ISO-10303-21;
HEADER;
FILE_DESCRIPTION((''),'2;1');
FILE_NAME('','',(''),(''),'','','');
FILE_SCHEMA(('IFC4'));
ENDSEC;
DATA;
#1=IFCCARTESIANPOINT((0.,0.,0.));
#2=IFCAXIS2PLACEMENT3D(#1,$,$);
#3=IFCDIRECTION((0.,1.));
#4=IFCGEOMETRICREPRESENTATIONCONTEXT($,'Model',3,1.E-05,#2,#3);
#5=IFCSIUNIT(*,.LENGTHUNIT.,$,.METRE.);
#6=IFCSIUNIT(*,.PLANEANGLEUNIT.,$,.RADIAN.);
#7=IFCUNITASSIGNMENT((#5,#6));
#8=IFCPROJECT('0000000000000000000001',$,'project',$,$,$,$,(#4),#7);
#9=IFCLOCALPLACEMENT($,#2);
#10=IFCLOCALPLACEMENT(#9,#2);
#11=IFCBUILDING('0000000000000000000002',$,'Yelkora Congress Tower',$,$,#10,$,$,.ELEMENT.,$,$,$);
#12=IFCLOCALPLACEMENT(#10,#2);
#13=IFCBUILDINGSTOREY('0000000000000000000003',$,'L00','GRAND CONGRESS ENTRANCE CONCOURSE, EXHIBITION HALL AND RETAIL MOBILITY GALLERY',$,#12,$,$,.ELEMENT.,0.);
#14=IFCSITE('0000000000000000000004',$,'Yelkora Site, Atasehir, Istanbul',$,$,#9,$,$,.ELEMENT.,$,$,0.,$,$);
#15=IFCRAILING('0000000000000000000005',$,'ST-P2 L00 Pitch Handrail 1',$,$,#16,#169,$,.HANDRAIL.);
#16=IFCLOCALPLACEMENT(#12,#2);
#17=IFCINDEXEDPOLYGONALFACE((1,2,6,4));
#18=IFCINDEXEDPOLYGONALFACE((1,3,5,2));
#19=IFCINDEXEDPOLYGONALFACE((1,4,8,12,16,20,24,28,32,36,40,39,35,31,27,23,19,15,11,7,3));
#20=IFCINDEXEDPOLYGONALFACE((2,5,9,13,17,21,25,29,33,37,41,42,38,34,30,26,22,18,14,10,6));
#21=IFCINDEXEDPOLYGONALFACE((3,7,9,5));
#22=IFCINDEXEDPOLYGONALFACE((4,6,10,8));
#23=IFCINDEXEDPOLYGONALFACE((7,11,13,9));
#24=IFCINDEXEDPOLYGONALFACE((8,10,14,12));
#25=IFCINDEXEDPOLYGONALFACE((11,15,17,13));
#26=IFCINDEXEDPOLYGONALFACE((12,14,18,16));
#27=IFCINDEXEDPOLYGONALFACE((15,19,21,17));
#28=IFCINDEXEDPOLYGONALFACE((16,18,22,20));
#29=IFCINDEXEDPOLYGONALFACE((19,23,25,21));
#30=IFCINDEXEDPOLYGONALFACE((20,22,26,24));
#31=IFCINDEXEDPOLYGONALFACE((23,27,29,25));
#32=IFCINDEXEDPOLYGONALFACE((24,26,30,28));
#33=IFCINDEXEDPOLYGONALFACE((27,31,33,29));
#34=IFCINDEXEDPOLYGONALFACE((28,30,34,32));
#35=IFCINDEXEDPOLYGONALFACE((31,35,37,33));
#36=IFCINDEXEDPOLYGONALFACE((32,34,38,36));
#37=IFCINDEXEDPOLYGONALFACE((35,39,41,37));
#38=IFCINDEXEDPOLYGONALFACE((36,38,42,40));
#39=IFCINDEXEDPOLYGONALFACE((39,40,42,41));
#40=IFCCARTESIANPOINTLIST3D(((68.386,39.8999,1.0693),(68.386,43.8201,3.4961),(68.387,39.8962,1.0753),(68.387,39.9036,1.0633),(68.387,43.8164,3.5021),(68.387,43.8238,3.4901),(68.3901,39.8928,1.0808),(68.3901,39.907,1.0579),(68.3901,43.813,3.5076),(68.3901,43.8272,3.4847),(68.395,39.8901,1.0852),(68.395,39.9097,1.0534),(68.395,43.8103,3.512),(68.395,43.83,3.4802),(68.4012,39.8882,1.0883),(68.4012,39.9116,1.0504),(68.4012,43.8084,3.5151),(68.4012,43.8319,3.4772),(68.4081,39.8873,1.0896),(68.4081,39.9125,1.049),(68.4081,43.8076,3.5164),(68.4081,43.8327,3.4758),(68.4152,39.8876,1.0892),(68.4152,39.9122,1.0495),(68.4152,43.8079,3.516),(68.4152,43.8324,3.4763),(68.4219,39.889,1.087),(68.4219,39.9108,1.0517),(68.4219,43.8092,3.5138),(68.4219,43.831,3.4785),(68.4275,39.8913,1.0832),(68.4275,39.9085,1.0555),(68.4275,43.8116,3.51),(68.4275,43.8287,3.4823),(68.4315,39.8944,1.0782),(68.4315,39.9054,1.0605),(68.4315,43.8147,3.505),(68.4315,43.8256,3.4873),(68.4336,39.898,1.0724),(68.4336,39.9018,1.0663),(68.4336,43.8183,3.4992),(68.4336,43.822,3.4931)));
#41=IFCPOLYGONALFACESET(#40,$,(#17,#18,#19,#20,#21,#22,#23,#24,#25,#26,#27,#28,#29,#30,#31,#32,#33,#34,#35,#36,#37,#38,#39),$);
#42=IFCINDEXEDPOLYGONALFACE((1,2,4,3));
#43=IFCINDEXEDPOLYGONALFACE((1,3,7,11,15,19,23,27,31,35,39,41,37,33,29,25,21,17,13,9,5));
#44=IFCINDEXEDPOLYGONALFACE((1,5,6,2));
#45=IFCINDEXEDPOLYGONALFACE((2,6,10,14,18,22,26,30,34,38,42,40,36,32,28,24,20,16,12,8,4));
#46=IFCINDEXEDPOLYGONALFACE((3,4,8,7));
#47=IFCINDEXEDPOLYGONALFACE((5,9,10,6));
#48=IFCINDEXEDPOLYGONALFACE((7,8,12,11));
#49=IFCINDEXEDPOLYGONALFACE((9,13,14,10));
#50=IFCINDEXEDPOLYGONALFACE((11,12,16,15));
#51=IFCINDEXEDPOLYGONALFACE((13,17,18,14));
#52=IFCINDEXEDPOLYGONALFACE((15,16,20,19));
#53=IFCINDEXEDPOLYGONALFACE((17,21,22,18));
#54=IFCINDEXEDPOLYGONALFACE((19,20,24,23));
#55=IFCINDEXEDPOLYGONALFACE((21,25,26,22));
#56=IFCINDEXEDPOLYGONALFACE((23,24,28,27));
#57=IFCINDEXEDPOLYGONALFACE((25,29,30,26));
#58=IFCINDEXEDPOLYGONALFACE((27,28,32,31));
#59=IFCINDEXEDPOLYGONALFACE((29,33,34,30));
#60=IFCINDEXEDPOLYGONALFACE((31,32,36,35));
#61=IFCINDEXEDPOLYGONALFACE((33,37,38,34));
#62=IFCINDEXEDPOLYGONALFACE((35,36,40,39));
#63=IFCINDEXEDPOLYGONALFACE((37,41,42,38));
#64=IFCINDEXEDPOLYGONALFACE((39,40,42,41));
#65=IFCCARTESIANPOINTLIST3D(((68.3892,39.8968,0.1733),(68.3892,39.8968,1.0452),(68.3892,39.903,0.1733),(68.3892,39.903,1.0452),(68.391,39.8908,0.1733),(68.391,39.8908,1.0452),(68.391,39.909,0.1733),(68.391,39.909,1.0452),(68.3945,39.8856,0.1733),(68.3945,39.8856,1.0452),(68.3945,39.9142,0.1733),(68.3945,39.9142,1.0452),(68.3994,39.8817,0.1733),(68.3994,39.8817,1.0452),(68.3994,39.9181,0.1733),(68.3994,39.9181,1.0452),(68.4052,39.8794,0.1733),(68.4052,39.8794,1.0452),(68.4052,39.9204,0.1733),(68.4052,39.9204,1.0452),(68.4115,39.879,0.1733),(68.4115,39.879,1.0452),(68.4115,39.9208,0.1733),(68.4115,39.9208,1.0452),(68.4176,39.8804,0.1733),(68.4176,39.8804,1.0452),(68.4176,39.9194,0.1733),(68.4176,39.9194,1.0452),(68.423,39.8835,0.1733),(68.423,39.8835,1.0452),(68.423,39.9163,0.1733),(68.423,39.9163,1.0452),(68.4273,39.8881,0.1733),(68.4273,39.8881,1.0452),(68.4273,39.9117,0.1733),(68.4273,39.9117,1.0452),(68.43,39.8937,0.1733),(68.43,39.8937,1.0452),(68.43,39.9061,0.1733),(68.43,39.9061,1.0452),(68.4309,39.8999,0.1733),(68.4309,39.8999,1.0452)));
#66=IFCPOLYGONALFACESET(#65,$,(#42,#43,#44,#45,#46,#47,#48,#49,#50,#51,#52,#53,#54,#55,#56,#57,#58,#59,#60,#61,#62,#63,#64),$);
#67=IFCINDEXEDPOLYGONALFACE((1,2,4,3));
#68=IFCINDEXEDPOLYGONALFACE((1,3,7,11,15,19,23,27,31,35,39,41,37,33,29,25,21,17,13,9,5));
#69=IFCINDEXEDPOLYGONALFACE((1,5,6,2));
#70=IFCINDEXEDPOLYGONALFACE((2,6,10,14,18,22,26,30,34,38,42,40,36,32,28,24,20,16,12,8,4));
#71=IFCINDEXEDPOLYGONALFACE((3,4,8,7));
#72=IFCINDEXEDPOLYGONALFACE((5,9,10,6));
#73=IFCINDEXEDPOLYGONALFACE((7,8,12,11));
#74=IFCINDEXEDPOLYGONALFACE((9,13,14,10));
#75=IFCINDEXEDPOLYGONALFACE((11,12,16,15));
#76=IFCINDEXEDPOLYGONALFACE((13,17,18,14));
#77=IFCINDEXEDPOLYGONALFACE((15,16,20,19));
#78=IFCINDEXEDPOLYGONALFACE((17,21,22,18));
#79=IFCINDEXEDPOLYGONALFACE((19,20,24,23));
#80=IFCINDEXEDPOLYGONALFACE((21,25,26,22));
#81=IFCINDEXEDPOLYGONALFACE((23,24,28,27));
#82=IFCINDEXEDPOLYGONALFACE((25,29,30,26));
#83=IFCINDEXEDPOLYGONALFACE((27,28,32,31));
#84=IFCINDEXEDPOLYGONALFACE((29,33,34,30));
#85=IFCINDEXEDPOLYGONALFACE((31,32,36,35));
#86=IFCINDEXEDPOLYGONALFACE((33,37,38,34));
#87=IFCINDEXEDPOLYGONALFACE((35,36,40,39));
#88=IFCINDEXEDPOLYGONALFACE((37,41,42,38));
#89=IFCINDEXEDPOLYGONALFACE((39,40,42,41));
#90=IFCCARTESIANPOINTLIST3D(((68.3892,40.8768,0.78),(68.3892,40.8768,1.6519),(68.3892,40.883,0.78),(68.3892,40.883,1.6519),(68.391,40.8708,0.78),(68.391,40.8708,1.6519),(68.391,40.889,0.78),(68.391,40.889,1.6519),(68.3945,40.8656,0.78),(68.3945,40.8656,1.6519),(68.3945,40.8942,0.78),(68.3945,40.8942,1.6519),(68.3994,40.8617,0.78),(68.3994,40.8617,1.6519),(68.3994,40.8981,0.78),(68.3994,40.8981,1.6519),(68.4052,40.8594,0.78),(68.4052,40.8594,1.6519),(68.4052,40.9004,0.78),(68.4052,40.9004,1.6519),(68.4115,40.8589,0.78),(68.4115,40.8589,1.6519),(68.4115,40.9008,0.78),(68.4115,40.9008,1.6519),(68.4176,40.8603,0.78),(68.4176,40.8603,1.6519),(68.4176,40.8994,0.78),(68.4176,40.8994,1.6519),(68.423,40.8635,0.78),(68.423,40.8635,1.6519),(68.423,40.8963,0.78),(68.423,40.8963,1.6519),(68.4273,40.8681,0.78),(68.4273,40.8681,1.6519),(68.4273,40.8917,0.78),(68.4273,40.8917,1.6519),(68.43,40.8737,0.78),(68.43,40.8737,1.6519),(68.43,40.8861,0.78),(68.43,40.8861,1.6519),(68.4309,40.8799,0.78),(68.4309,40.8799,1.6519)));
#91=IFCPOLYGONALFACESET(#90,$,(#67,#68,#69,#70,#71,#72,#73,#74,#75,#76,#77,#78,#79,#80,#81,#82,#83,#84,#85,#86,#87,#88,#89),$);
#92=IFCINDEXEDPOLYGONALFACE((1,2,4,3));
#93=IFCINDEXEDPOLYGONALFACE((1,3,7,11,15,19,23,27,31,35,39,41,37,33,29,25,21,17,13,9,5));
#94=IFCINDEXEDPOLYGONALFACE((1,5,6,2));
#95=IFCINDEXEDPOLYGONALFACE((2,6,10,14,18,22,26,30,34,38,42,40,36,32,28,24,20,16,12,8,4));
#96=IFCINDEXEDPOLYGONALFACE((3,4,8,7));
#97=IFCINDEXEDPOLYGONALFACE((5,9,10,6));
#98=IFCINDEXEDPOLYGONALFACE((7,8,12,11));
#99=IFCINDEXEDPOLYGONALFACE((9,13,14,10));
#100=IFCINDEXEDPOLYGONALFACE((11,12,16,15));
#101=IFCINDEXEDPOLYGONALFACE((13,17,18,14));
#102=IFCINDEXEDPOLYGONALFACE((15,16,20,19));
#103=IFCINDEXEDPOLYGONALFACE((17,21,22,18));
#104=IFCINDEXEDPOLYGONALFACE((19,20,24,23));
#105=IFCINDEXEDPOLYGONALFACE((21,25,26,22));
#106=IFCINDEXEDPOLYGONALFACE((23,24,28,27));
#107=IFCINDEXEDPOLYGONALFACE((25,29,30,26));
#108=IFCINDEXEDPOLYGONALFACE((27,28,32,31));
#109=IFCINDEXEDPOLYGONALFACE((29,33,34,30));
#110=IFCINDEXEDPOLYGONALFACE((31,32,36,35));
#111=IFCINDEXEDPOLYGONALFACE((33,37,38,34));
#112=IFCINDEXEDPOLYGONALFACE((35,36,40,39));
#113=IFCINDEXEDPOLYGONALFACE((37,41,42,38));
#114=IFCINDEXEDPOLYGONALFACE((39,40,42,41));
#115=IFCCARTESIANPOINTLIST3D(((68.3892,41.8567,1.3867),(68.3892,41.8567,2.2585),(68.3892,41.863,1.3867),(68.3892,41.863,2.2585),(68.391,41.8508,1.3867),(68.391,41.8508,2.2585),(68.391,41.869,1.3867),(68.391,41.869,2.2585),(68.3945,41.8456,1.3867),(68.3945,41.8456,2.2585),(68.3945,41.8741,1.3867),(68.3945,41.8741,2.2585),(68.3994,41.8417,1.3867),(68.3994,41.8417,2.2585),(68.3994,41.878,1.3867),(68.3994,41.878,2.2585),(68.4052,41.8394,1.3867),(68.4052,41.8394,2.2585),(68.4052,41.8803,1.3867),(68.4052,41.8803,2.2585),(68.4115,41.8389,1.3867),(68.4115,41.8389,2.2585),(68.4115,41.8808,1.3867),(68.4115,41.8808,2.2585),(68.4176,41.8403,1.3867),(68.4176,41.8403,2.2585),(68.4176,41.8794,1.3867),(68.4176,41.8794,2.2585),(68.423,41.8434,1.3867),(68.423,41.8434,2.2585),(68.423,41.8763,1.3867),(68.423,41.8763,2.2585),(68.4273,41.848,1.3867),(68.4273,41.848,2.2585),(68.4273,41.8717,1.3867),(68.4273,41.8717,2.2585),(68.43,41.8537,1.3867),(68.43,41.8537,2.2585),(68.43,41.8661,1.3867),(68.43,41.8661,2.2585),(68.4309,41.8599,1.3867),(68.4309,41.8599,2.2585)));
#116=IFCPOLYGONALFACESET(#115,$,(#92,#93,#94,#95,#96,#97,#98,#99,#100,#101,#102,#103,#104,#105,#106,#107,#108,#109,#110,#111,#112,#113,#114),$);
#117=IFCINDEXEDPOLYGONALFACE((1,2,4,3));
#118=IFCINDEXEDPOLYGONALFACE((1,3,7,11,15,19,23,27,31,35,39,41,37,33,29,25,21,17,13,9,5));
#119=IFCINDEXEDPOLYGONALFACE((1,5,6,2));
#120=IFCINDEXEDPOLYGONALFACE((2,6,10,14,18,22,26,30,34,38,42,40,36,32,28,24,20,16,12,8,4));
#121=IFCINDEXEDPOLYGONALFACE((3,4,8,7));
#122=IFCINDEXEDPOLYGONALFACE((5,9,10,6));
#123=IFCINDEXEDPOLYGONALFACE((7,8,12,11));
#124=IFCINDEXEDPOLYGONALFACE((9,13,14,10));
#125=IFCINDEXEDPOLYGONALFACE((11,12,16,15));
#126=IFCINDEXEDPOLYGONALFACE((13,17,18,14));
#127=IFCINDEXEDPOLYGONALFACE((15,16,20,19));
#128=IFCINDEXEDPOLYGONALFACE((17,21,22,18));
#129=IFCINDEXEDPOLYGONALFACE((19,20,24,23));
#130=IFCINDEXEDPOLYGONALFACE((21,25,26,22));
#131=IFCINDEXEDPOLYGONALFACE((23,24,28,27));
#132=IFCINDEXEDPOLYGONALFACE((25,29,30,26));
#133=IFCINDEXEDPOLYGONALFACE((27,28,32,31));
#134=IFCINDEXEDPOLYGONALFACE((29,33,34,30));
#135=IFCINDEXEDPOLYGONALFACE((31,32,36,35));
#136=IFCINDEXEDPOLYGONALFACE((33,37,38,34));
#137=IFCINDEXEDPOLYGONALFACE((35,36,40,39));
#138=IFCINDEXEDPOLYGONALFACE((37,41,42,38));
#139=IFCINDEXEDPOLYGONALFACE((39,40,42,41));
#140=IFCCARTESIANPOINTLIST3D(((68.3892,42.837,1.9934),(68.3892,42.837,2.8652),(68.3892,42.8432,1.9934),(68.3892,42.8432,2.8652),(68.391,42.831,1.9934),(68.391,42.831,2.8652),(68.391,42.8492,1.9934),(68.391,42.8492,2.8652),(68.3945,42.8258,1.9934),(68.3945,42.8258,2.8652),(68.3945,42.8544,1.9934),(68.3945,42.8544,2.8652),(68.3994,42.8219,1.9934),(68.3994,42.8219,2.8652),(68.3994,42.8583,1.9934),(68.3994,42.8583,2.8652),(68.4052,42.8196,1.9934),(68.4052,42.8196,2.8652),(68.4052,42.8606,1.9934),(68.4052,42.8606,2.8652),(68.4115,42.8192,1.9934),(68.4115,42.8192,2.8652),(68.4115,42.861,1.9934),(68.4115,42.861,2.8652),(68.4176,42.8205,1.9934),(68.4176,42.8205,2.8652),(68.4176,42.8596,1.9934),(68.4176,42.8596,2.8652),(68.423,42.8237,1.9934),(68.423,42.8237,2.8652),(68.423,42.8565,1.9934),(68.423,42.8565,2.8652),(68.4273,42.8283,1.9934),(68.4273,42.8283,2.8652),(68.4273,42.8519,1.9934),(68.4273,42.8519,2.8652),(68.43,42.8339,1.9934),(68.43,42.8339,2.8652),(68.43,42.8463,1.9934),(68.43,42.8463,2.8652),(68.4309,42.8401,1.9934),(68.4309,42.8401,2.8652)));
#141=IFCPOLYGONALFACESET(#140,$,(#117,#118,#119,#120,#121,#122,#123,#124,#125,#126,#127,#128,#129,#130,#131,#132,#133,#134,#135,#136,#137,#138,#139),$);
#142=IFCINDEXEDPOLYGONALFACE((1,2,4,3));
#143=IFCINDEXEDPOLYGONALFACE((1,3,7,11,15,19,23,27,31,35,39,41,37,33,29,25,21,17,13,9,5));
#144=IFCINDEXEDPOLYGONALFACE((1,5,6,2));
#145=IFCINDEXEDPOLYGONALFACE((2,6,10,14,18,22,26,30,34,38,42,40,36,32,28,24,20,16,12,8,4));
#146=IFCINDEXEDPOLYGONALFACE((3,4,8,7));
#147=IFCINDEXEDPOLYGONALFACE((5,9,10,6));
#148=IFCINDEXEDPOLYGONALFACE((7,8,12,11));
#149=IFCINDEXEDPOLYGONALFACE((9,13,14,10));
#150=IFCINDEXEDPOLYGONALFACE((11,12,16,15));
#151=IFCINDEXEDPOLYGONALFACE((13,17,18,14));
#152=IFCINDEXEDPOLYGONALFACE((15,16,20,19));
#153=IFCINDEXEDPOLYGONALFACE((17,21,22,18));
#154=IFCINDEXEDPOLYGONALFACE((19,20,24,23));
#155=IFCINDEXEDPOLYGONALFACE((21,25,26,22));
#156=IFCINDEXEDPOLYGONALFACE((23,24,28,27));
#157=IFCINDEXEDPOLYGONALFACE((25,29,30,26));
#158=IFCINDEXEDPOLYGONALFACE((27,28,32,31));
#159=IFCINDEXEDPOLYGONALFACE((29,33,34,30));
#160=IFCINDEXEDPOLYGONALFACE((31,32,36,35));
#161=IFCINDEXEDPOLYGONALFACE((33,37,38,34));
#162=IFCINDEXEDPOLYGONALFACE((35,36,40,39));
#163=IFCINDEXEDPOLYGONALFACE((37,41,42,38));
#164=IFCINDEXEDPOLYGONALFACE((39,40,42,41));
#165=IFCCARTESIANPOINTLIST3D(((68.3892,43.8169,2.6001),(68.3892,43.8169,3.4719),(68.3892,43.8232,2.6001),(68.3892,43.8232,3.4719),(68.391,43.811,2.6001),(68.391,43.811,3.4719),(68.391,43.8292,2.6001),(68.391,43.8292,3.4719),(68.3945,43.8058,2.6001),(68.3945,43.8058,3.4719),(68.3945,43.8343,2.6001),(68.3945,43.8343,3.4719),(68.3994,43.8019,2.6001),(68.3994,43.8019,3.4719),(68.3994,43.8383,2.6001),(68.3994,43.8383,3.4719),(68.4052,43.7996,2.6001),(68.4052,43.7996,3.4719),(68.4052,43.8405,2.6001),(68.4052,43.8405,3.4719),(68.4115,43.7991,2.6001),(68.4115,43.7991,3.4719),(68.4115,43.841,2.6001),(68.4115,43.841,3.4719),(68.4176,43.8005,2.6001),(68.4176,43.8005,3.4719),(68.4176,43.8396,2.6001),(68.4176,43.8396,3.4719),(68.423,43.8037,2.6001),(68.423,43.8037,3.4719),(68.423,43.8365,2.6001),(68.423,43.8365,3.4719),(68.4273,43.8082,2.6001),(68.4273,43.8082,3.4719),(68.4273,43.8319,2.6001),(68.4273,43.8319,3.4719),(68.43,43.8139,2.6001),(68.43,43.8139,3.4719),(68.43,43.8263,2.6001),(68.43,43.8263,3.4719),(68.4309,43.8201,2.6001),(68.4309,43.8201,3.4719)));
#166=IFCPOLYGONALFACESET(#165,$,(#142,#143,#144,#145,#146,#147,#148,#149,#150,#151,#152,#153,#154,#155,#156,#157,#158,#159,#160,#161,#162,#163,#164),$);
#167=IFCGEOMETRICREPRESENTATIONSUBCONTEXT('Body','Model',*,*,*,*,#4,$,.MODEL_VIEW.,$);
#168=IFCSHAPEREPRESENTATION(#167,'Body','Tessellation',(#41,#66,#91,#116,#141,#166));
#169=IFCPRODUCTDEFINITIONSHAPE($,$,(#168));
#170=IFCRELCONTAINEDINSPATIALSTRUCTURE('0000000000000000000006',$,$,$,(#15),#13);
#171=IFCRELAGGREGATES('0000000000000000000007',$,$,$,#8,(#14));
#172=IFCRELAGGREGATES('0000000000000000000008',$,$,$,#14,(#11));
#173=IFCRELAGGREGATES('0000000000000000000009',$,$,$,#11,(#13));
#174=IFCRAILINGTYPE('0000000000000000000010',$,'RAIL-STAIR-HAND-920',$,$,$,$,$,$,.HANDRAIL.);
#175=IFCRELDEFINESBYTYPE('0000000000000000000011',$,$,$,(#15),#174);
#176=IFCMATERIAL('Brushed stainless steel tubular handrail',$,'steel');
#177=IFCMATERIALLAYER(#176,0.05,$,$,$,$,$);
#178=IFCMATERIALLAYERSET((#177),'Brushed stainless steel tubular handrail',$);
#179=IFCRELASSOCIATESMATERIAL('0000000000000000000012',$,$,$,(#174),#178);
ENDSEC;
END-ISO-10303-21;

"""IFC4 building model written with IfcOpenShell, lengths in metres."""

from ifc_helpers import new_model, si_unit, direction, frame, origin, origin_2d, place, context, subcontext, project, spatial, circle, extrude, material, layer, layer_set, type_object, element, save


model = new_model("IFC4")

# Units and contexts
model_context = context("Model", 3, precision=1e-05, world=origin(), true_north=direction((0.0, 1.0)))
body_context = subcontext(model_context, "Body", "Model", "MODEL_VIEW")
ifc_project = project(units=[si_unit("LENGTHUNIT", "METRE"), si_unit("PLANEANGLEUNIT", "RADIAN")], contexts=[model_context])

# Site, building, storey
site_placement = place(None, origin())
site = spatial("IfcSite", under=ifc_project, at=site_placement, Name="Yelkora Site, Atasehir, Istanbul", CompositionType="ELEMENT", RefElevation=0.0)
building_placement = place(site_placement, origin())
building = spatial("IfcBuilding", under=site, at=building_placement, Name="Yelkora Congress Tower", CompositionType="ELEMENT")
storey_placement = place(building_placement, origin())
storey = spatial("IfcBuildingStorey", under=building, at=storey_placement, Name="L00", Description="GRAND CONGRESS ENTRANCE CONCOURSE, EXHIBITION HALL AND RETAIL MOBILITY GALLERY", CompositionType="ELEMENT", Elevation=0.0)

# Railing
ifc_material_1 = material(Name="Brushed stainless steel tubular handrail", Category="steel")
ifc_layer_1 = layer(ifc_material_1, 0.05)
ifc_layer_set_1 = layer_set([ifc_layer_1], Name="Brushed stainless steel tubular handrail")
railing_type_1 = type_object("IfcRailingType", Name="RAIL-STAIR-HAND-920", PredefinedType="HANDRAIL", material=ifc_layer_set_1)
railing_1_placement = place(storey_placement, frame((68.4099, 39.8999, 0.1733)))
element("IfcRailing", 1, at=railing_1_placement, inside=storey, type_object=railing_type_1, Name="ST-P2 L00 Pitch Handrail 1", PredefinedType="HANDRAIL", context=body_context, shape_type="SweptSolid", body=[
    extrude(circle(Radius=0.0239, at=origin_2d()), frame((0.0, 0.0, 0.896), z_axis=(0.0, 0.850266, 0.526353), x_axis=(-1.0, 0.0, 0.0)), (0.0, 0.0, 1.0), 4.6106),
    extrude(circle(Radius=0.021, at=origin_2d()), origin(), (0.0, 0.0, 1.0), 0.8718),
    extrude(circle(Radius=0.021, at=origin_2d()), frame((0.0, 0.98, 0.6067)), (0.0, 0.0, 1.0), 0.8718),
    extrude(circle(Radius=0.021, at=origin_2d()), frame((0.0, 1.96, 1.2134)), (0.0, 0.0, 1.0), 0.8718),
    extrude(circle(Radius=0.021, at=origin_2d()), frame((0.0, 2.9402, 1.8201)), (0.0, 0.0, 1.0), 0.8718),
    extrude(circle(Radius=0.021, at=origin_2d()), frame((0.0, 3.9202, 2.4268)), (0.0, 0.0, 1.0), 0.8718),
])

save(model, "model.ifc")
